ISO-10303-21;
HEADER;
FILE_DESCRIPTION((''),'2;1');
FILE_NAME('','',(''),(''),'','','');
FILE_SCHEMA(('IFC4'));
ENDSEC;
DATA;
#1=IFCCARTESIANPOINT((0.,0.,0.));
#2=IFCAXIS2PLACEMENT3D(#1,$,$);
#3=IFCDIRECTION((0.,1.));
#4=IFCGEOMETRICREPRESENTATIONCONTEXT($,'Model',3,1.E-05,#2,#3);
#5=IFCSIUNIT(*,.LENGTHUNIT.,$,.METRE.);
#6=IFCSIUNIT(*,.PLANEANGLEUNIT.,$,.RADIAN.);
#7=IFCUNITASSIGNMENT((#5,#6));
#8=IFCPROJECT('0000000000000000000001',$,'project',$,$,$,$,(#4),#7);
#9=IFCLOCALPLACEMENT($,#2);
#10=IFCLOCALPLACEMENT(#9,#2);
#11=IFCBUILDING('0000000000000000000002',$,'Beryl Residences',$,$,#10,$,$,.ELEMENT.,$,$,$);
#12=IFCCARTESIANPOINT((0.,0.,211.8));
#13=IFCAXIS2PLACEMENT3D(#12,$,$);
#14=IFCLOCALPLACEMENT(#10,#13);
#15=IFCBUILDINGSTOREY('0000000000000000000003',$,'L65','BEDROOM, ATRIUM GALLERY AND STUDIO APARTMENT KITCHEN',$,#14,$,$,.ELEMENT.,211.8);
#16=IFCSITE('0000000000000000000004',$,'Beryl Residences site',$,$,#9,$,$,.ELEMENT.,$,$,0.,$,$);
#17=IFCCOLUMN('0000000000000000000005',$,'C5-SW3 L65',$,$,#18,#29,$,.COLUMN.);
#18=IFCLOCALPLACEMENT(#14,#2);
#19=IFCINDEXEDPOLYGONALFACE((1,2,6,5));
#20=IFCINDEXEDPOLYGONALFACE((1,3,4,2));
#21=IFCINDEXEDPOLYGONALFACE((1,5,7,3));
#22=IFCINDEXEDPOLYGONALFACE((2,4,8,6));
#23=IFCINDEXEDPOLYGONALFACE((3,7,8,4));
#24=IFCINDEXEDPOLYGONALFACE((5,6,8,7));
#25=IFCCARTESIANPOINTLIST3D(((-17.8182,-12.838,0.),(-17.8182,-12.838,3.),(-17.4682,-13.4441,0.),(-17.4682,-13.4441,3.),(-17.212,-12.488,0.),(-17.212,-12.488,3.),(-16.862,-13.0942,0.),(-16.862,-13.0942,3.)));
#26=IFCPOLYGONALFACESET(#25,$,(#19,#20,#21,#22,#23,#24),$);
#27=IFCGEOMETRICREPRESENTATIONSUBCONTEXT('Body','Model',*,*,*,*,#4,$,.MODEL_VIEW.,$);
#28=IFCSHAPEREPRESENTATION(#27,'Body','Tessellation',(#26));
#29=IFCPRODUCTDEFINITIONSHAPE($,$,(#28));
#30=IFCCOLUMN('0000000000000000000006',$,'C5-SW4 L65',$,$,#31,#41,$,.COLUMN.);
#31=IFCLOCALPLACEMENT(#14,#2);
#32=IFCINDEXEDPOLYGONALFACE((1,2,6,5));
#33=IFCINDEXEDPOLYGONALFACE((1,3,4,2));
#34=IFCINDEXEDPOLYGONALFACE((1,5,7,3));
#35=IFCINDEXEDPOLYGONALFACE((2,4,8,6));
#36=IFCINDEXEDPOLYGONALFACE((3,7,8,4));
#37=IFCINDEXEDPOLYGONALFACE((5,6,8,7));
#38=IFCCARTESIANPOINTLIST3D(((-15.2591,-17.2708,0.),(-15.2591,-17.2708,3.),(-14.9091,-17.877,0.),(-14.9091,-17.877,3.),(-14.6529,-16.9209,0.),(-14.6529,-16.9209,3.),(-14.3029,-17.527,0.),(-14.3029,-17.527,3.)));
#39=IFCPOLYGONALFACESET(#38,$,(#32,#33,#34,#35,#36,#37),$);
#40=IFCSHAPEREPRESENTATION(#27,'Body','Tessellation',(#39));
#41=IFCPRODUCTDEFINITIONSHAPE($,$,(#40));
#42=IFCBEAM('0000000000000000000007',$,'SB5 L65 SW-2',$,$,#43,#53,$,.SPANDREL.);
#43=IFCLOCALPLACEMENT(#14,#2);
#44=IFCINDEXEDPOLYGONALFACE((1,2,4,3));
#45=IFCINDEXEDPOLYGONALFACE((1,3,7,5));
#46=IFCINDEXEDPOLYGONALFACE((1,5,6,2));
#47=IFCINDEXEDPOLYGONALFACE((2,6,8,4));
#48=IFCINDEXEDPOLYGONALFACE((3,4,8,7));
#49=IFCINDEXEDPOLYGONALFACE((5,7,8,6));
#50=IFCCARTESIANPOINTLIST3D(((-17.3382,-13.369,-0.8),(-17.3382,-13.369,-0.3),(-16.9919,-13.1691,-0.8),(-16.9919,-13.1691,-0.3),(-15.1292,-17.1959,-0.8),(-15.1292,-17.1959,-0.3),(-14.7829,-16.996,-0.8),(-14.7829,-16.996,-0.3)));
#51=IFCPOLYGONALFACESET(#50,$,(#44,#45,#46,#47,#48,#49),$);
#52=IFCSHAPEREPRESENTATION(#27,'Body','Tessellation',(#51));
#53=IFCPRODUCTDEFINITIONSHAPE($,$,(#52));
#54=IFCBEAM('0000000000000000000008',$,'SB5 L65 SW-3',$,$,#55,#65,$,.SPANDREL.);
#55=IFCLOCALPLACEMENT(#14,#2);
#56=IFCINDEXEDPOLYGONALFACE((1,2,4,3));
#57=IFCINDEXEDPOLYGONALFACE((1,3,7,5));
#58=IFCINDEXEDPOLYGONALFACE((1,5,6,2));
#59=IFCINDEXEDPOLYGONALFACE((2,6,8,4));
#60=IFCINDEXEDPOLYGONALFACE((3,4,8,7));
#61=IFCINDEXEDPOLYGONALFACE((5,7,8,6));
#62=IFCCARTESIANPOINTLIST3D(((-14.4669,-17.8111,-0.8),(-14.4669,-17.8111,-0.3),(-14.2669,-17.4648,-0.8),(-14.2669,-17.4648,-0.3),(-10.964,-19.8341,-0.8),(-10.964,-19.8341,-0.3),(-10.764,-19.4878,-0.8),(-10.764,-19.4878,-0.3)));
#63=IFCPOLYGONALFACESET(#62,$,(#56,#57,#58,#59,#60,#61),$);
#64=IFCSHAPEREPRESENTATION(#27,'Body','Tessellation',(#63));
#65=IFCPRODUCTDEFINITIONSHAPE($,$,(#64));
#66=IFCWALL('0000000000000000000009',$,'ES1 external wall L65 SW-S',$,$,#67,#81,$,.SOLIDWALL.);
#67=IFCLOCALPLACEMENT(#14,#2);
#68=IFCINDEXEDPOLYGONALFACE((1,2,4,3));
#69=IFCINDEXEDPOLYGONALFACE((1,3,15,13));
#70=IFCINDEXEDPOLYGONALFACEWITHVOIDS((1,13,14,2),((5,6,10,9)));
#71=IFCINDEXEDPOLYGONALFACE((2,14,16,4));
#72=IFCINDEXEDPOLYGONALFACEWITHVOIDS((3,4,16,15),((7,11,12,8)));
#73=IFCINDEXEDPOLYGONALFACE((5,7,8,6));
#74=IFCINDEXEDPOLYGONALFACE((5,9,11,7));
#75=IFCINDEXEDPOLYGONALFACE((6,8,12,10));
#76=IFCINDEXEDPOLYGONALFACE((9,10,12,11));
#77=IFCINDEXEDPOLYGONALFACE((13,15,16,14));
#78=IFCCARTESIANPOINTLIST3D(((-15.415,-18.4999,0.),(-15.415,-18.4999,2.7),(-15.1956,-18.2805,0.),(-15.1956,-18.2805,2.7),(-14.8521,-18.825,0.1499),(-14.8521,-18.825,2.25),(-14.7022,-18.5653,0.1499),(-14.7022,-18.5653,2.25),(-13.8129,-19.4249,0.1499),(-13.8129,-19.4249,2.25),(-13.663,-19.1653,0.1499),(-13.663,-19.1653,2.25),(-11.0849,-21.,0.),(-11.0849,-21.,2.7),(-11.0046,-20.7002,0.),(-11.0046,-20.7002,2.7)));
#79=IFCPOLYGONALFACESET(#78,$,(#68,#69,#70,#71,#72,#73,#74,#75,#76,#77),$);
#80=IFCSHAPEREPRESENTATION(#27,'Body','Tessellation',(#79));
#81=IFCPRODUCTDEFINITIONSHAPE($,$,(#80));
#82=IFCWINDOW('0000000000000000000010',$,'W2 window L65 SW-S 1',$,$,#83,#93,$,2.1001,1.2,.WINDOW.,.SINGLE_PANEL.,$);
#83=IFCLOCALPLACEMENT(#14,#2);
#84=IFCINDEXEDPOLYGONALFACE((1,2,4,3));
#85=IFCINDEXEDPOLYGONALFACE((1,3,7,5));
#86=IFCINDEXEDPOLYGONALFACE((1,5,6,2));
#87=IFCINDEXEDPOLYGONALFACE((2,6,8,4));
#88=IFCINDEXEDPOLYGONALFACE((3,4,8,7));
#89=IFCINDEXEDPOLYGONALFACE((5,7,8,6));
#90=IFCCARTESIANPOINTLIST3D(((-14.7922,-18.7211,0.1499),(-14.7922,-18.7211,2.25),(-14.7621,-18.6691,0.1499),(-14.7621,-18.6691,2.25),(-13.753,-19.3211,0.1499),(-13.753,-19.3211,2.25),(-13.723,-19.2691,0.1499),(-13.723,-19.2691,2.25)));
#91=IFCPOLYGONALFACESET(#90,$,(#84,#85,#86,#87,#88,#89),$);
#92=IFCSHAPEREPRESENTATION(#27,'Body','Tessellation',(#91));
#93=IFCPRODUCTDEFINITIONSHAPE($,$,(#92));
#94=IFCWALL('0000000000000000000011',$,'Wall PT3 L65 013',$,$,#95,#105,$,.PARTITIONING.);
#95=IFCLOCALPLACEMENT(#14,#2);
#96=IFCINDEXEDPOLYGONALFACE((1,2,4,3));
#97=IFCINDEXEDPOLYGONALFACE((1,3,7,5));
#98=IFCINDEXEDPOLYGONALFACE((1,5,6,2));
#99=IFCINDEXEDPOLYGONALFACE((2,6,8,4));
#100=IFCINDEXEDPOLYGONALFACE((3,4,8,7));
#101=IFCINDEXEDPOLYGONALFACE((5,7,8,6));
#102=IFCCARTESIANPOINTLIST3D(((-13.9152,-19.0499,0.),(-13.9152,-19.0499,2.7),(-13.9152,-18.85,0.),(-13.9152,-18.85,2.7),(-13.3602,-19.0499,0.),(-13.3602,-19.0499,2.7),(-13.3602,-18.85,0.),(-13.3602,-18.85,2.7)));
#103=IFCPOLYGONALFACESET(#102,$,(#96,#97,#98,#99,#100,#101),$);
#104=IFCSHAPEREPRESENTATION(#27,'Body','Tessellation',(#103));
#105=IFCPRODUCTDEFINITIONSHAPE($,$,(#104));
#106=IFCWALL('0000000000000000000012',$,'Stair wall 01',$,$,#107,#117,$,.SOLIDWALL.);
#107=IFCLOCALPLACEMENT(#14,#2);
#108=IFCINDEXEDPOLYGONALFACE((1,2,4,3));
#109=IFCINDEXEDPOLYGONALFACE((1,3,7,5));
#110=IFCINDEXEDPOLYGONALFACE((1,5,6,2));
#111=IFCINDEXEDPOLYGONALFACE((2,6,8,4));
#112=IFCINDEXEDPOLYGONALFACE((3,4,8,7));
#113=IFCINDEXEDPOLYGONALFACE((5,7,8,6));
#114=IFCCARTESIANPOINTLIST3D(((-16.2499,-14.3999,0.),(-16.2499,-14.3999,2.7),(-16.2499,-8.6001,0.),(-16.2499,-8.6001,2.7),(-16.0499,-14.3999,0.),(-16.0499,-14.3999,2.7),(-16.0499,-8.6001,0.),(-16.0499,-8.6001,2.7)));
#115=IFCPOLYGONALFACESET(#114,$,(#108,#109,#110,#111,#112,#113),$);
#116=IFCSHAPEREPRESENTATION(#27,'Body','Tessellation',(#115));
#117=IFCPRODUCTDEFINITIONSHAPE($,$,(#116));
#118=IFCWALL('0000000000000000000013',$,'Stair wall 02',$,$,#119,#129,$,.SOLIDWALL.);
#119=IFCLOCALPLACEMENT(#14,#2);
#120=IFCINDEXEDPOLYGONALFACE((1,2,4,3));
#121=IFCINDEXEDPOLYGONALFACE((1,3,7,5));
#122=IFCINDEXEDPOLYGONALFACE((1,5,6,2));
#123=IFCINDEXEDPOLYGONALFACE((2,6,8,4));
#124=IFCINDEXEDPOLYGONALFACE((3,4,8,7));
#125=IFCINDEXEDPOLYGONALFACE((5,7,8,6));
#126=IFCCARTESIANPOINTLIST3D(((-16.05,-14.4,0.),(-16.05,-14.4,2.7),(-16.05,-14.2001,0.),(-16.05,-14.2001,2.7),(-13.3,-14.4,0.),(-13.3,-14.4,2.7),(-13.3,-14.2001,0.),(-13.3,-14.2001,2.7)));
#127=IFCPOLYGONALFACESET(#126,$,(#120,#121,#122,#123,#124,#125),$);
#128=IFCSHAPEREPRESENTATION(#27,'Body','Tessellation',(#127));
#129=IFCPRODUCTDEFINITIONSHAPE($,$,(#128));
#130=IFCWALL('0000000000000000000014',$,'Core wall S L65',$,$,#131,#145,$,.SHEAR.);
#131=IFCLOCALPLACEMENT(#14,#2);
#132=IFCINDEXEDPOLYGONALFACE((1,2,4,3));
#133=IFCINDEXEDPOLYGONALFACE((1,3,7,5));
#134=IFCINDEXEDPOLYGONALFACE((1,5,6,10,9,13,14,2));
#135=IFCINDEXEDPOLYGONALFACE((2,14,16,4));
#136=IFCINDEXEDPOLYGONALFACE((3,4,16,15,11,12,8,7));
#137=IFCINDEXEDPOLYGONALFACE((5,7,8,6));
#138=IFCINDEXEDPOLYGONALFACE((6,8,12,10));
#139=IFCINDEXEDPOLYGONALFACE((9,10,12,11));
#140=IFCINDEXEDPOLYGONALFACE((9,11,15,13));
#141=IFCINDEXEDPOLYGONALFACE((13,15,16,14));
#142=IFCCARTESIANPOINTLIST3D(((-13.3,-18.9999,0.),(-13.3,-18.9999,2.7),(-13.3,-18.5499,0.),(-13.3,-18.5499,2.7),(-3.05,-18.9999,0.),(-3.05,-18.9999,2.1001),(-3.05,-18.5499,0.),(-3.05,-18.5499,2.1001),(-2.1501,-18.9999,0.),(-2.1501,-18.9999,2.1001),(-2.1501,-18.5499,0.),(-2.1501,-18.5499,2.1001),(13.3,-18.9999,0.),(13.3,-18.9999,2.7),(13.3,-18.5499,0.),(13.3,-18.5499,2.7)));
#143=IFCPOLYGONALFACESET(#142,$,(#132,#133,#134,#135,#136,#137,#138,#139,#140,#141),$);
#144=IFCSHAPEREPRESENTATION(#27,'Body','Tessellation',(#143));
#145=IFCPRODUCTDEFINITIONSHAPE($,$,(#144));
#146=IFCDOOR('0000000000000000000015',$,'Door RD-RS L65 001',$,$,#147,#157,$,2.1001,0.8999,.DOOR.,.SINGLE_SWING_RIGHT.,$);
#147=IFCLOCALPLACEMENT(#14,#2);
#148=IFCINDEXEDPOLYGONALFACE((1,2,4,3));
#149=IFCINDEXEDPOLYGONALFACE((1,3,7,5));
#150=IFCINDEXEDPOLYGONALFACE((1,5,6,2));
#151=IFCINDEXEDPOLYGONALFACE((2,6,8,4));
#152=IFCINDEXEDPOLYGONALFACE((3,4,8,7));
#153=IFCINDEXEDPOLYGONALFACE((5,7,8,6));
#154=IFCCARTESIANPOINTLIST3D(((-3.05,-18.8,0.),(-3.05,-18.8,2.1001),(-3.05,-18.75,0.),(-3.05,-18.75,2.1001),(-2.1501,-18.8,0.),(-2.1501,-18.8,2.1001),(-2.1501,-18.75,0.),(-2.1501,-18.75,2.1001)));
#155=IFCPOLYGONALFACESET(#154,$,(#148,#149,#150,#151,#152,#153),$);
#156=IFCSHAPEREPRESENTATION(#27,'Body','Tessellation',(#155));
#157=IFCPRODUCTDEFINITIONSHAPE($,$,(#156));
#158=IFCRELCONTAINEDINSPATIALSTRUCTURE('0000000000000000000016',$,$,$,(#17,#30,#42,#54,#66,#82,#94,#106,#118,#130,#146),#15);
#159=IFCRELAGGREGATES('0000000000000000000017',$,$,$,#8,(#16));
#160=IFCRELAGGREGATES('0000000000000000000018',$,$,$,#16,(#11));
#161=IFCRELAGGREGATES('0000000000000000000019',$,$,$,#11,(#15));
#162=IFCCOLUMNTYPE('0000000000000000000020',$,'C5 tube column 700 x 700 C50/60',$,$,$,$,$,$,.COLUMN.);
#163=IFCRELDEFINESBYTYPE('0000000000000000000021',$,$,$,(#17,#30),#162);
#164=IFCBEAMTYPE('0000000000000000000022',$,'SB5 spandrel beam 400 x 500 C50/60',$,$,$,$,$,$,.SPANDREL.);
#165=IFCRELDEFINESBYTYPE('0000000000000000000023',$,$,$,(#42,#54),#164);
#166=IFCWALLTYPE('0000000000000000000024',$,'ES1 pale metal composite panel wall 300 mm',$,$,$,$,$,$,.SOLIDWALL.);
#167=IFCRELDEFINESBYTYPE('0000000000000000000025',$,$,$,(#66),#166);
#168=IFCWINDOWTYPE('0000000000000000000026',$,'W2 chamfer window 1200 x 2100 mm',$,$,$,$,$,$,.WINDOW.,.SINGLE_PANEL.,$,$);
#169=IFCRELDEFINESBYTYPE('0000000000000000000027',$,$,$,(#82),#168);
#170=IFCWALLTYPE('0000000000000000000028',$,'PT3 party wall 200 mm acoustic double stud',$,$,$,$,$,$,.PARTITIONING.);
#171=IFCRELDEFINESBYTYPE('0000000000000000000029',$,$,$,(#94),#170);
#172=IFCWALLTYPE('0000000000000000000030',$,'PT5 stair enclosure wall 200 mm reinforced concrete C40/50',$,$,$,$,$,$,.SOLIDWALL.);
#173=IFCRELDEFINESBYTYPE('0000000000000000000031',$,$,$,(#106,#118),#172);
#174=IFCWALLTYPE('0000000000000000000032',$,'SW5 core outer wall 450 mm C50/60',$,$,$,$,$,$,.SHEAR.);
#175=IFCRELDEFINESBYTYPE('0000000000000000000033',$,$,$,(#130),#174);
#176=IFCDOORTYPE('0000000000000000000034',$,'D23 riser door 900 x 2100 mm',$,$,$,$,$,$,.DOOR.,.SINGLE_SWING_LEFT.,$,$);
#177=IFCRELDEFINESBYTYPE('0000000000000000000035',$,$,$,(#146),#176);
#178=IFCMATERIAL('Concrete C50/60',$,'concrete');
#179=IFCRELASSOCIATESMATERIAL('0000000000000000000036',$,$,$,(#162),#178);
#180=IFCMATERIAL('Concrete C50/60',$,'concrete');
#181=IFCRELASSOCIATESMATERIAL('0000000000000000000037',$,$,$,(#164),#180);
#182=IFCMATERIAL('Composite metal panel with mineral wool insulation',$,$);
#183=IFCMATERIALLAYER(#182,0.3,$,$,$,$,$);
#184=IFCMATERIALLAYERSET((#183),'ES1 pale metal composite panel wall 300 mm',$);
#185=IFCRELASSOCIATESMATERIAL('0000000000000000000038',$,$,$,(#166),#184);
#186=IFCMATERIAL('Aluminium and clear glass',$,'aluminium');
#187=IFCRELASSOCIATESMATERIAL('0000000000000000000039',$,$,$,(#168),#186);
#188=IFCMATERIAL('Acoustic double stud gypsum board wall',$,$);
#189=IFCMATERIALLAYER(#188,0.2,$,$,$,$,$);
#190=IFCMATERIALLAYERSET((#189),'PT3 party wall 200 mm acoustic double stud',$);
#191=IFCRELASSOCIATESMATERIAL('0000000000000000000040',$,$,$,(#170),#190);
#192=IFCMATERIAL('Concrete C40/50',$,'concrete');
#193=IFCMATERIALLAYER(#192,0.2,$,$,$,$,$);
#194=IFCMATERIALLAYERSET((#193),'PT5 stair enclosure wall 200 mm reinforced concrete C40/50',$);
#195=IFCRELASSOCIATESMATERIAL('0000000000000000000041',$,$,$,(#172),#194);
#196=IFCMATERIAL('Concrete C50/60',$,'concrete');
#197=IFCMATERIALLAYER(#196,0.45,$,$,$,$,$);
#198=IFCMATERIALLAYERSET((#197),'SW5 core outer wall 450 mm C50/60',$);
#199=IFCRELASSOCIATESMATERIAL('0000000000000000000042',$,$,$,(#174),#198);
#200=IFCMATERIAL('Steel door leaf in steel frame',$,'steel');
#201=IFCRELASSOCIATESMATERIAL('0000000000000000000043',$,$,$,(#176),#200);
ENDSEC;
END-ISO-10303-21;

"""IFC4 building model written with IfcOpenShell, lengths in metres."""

from ifc_helpers import new_model, si_unit, direction, frame, frame_2d, origin, origin_2d, place, context, subcontext, project, spatial, polyline, rectangle, outline, extrude, material, layer, layer_set, material_profile, profile_set, type_object, element, fill, save


model = new_model("IFC4")

# Units and contexts
model_context = context("Model", 3, precision=1e-05, world=origin(), true_north=direction((0.0, 1.0)))
body_context = subcontext(model_context, "Body", "Model", "MODEL_VIEW")
ifc_project = project(units=[si_unit("LENGTHUNIT", "METRE"), si_unit("PLANEANGLEUNIT", "RADIAN")], contexts=[model_context])

# Site, building, storey
site_placement = place(None, origin())
site = spatial("IfcSite", under=ifc_project, at=site_placement, Name="Beryl Residences site", CompositionType="ELEMENT", RefElevation=0.0)
building_placement = place(site_placement, origin())
building = spatial("IfcBuilding", under=site, at=building_placement, Name="Beryl Residences", CompositionType="ELEMENT")
storey_placement = place(building_placement, frame((0.0, 0.0, 211.8)))
storey = spatial("IfcBuildingStorey", under=building, at=storey_placement, Name="L65", Description="BEDROOM, ATRIUM GALLERY AND STUDIO APARTMENT KITCHEN", CompositionType="ELEMENT", Elevation=211.8)

# Columns
ifc_material_1 = material(Name="Concrete C50/60", Category="concrete")
ifc_material_profile_1 = material_profile(ifc_material_1, rectangle(XDim=0.7, YDim=0.7, at=origin_2d()))
ifc_profile_set_1 = profile_set([ifc_material_profile_1], Name="Concrete C50/60")
column_type = type_object("IfcColumnType", Name="C5 tube column 700 x 700 C50/60", PredefinedType="COLUMN", material=ifc_profile_set_1)
for number, where, z_axis, x_axis, name in (
    (1, (-17.3401, -12.9661, 0.0), (0.0, 0.0, 1.0), (0.499985, -0.866034, 0.0), "C5-SW3 L65"),
    (2, (-14.781, -17.3989, 0.0), (0.0, 0.0, 1.0), (0.499985, -0.866034, 0.0), "C5-SW4 L65"),
):
    element("IfcColumn", number, at=place(storey_placement, frame(where, z_axis=z_axis, x_axis=x_axis)), inside=storey, type_object=column_type, Name=name, PredefinedType="COLUMN", context=body_context, shape_type="SweptSolid", body=[
        extrude(rectangle(XDim=0.7, YDim=0.7, at=origin_2d()), origin(), (0.0, 0.0, 1.0), 3.0),
    ])

# Beams
ifc_material_2 = material(Name="Concrete C50/60", Category="concrete")
ifc_material_profile_2 = material_profile(ifc_material_2, rectangle(XDim=0.3999, YDim=0.5, at=origin_2d()))
ifc_profile_set_2 = profile_set([ifc_material_profile_2], Name="Concrete C50/60")
beam_type = type_object("IfcBeamType", Name="SB5 spandrel beam 400 x 500 C50/60", PredefinedType="SPANDREL", material=ifc_profile_set_2)
beam_1_placement = place(storey_placement, frame((-17.165, -13.269, -0.55), z_axis=(0.499919, -0.866072, 0.0), x_axis=(0.866072, 0.499919, 0.0)))
element("IfcBeam", 3, at=beam_1_placement, inside=storey, type_object=beam_type, Name="SB5 L65 SW-2", PredefinedType="SPANDREL", context=body_context, shape_type="SweptSolid", body=[
    extrude(rectangle(XDim=0.3999, YDim=0.5, at=origin_2d()), origin(), (0.0, 0.0, 1.0), 4.4187),
])
beam_2_placement = place(storey_placement, frame((-14.3669, -17.6379, -0.55), z_axis=(0.865968, -0.500099, 0.0), x_axis=(0.500099, 0.865968, 0.0)))
element("IfcBeam", 4, at=beam_2_placement, inside=storey, type_object=beam_type, Name="SB5 L65 SW-3", PredefinedType="SPANDREL", context=body_context, shape_type="SweptSolid", body=[
    extrude(rectangle(XDim=0.3999, YDim=0.5, at=origin_2d()), origin(), (0.0, 0.0, 1.0), 4.0452),
])

# Wall, opening, window
ifc_material_3 = material(Name="Composite metal panel with mineral wool insulation")
ifc_layer_1 = layer(ifc_material_3, 0.3)
ifc_layer_set_1 = layer_set([ifc_layer_1], Name="ES1 pale metal composite panel wall 300 mm")
wall_type_1 = type_object("IfcWallType", Name="ES1 pale metal composite panel wall 300 mm", PredefinedType="SOLIDWALL", material=ifc_layer_set_1)
wall_1_placement = place(storey_placement, frame((-15.3401, -18.3701, 0.0), z_axis=(0.0, 0.0, 1.0), x_axis=(0.866023, -0.500004, 0.0)))
wall_1 = element("IfcWall", 5, at=wall_1_placement, inside=storey, type_object=wall_type_1, Name="ES1 external wall L65 SW-S", PredefinedType="SOLIDWALL", context=body_context, shape_type="SweptSolid", body=[
    extrude(outline(polyline([(0.0, -0.1499), (5.0, -0.1499), (4.9197, 0.1499), (0.0803, 0.1499), (0.0, -0.1499)])), origin(), (0.0, 0.0, 1.0), 2.7),
])
opening_1_placement = place(wall_1_placement, frame((0.6499, 0.0, 0.1499)))
opening_1 = element("IfcOpeningElement", 6, at=opening_1_placement, cuts=wall_1, PredefinedType="OPENING", context=body_context, shape_type="SweptSolid", body=[
    extrude(rectangle(XDim=1.2, YDim=2.1001, at=frame_2d((0.6001, 1.05))), frame((0.0, 0.1599, 0.0), z_axis=(0.0, -1.0, 0.0), x_axis=(1.0, 0.0, 0.0)), (0.0, 0.0, 1.0), 0.3201),
])
ifc_material_4 = material(Name="Aluminium and clear glass", Category="aluminium")
window_type = type_object("IfcWindowType", Name="W2 chamfer window 1200 x 2100 mm", PartitioningType="SINGLE_PANEL", PredefinedType="WINDOW", material=ifc_material_4)
window_placement = place(opening_1_placement, origin())
window = element("IfcWindow", 7, at=window_placement, inside=storey, type_object=window_type, Name="W2 window L65 SW-S 1", OverallHeight=2.1001, OverallWidth=1.2, PartitioningType="SINGLE_PANEL", PredefinedType="WINDOW", context=body_context, shape_type="SweptSolid", body=[
    extrude(rectangle(XDim=1.2, YDim=2.1001, at=frame_2d((0.6001, 1.05))), frame((0.0, 0.03, 0.0), z_axis=(0.0, -1.0, 0.0), x_axis=(1.0, 0.0, 0.0)), (0.0, 0.0, 1.0), 0.0601),
])
fill(opening_1, window)

# Walls
ifc_material_5 = material(Name="Acoustic double stud gypsum board wall")
ifc_layer_2 = layer(ifc_material_5, 0.2)
ifc_layer_set_2 = layer_set([ifc_layer_2], Name="PT3 party wall 200 mm acoustic double stud")
wall_type_2 = type_object("IfcWallType", Name="PT3 party wall 200 mm acoustic double stud", PredefinedType="PARTITIONING", material=ifc_layer_set_2)
wall_2_placement = place(storey_placement, frame((-13.915, -18.95, 0.0), z_axis=(0.0, 0.0, 1.0), x_axis=(1.0, 0.0, 0.0)))
element("IfcWall", 8, at=wall_2_placement, inside=storey, type_object=wall_type_2, Name="Wall PT3 L65 013", PredefinedType="PARTITIONING", context=body_context, shape_type="SweptSolid", body=[
    extrude(rectangle(XDim=0.5549, YDim=0.2, at=frame_2d((0.2773, 0.0))), origin(), (0.0, 0.0, 1.0), 2.7),
])
ifc_material_6 = material(Name="Concrete C40/50", Category="concrete")
ifc_layer_3 = layer(ifc_material_6, 0.2)
ifc_layer_set_3 = layer_set([ifc_layer_3], Name="PT5 stair enclosure wall 200 mm reinforced concrete C40/50")
wall_type_3 = type_object("IfcWallType", Name="PT5 stair enclosure wall 200 mm reinforced concrete C40/50", PredefinedType="SOLIDWALL", material=ifc_layer_set_3)
wall_3_placement = place(storey_placement, frame((-16.1499, -14.3999, 0.0), z_axis=(0.0, 0.0, 1.0), x_axis=(0.0, 1.0, 0.0)))
element("IfcWall", 9, at=wall_3_placement, inside=storey, type_object=wall_type_3, Name="Stair wall 01", PredefinedType="SOLIDWALL", context=body_context, shape_type="SweptSolid", body=[
    extrude(rectangle(XDim=5.7998, YDim=0.2, at=frame_2d((2.8999, 0.0))), origin(), (0.0, 0.0, 1.0), 2.7),
])
wall_4_placement = place(storey_placement, frame((-16.05, -14.3, 0.0), z_axis=(0.0, 0.0, 1.0), x_axis=(1.0, 0.0, 0.0)))
element("IfcWall", 10, at=wall_4_placement, inside=storey, type_object=wall_type_3, Name="Stair wall 02", PredefinedType="SOLIDWALL", context=body_context, shape_type="SweptSolid", body=[
    extrude(rectangle(XDim=2.75, YDim=0.2, at=frame_2d((1.375, 0.0))), origin(), (0.0, 0.0, 1.0), 2.7),
])

# Wall, opening, door
ifc_material_7 = material(Name="Concrete C50/60", Category="concrete")
ifc_layer_4 = layer(ifc_material_7, 0.45)
ifc_layer_set_4 = layer_set([ifc_layer_4], Name="SW5 core outer wall 450 mm C50/60")
wall_type_4 = type_object("IfcWallType", Name="SW5 core outer wall 450 mm C50/60", PredefinedType="SHEAR", material=ifc_layer_set_4)
wall_5_placement = place(storey_placement, frame((-13.3, -18.7749, 0.0), z_axis=(0.0, 0.0, 1.0), x_axis=(1.0, 0.0, 0.0)))
wall_5 = element("IfcWall", 11, at=wall_5_placement, inside=storey, type_object=wall_type_4, Name="Core wall S L65", PredefinedType="SHEAR", context=body_context, shape_type="SweptSolid", body=[
    extrude(rectangle(XDim=26.6001, YDim=0.45, at=frame_2d((13.3, 0.0))), origin(), (0.0, 0.0, 1.0), 2.7),
])
opening_2_placement = place(wall_5_placement, frame((10.25, 0.0, 0.0)))
opening_2 = element("IfcOpeningElement", 12, at=opening_2_placement, cuts=wall_5, PredefinedType="OPENING", context=body_context, shape_type="SweptSolid", body=[
    extrude(rectangle(XDim=0.8999, YDim=2.1001, at=frame_2d((0.45, 1.05))), frame((0.0, 0.2349, 0.0), z_axis=(0.0, -1.0, 0.0), x_axis=(1.0, 0.0, 0.0)), (0.0, 0.0, 1.0), 0.47),
])
ifc_material_8 = material(Name="Steel door leaf in steel frame", Category="steel")
door_type = type_object("IfcDoorType", Name="D23 riser door 900 x 2100 mm", OperationType="SINGLE_SWING_LEFT", PredefinedType="DOOR", material=ifc_material_8)
door_placement = place(opening_2_placement, origin())
door = element("IfcDoor", 13, at=door_placement, inside=storey, type_object=door_type, Name="Door RD-RS L65 001", OperationType="SINGLE_SWING_RIGHT", OverallHeight=2.1001, OverallWidth=0.8999, PredefinedType="DOOR", context=body_context, shape_type="SweptSolid", body=[
    extrude(rectangle(XDim=0.8999, YDim=2.1001, at=frame_2d((0.45, 1.05))), frame((0.0, 0.0249, 0.0), z_axis=(0.0, -1.0, 0.0), x_axis=(1.0, 0.0, 0.0)), (0.0, 0.0, 1.0), 0.05),
])
fill(opening_2, door)

save(model, "model.ifc")
